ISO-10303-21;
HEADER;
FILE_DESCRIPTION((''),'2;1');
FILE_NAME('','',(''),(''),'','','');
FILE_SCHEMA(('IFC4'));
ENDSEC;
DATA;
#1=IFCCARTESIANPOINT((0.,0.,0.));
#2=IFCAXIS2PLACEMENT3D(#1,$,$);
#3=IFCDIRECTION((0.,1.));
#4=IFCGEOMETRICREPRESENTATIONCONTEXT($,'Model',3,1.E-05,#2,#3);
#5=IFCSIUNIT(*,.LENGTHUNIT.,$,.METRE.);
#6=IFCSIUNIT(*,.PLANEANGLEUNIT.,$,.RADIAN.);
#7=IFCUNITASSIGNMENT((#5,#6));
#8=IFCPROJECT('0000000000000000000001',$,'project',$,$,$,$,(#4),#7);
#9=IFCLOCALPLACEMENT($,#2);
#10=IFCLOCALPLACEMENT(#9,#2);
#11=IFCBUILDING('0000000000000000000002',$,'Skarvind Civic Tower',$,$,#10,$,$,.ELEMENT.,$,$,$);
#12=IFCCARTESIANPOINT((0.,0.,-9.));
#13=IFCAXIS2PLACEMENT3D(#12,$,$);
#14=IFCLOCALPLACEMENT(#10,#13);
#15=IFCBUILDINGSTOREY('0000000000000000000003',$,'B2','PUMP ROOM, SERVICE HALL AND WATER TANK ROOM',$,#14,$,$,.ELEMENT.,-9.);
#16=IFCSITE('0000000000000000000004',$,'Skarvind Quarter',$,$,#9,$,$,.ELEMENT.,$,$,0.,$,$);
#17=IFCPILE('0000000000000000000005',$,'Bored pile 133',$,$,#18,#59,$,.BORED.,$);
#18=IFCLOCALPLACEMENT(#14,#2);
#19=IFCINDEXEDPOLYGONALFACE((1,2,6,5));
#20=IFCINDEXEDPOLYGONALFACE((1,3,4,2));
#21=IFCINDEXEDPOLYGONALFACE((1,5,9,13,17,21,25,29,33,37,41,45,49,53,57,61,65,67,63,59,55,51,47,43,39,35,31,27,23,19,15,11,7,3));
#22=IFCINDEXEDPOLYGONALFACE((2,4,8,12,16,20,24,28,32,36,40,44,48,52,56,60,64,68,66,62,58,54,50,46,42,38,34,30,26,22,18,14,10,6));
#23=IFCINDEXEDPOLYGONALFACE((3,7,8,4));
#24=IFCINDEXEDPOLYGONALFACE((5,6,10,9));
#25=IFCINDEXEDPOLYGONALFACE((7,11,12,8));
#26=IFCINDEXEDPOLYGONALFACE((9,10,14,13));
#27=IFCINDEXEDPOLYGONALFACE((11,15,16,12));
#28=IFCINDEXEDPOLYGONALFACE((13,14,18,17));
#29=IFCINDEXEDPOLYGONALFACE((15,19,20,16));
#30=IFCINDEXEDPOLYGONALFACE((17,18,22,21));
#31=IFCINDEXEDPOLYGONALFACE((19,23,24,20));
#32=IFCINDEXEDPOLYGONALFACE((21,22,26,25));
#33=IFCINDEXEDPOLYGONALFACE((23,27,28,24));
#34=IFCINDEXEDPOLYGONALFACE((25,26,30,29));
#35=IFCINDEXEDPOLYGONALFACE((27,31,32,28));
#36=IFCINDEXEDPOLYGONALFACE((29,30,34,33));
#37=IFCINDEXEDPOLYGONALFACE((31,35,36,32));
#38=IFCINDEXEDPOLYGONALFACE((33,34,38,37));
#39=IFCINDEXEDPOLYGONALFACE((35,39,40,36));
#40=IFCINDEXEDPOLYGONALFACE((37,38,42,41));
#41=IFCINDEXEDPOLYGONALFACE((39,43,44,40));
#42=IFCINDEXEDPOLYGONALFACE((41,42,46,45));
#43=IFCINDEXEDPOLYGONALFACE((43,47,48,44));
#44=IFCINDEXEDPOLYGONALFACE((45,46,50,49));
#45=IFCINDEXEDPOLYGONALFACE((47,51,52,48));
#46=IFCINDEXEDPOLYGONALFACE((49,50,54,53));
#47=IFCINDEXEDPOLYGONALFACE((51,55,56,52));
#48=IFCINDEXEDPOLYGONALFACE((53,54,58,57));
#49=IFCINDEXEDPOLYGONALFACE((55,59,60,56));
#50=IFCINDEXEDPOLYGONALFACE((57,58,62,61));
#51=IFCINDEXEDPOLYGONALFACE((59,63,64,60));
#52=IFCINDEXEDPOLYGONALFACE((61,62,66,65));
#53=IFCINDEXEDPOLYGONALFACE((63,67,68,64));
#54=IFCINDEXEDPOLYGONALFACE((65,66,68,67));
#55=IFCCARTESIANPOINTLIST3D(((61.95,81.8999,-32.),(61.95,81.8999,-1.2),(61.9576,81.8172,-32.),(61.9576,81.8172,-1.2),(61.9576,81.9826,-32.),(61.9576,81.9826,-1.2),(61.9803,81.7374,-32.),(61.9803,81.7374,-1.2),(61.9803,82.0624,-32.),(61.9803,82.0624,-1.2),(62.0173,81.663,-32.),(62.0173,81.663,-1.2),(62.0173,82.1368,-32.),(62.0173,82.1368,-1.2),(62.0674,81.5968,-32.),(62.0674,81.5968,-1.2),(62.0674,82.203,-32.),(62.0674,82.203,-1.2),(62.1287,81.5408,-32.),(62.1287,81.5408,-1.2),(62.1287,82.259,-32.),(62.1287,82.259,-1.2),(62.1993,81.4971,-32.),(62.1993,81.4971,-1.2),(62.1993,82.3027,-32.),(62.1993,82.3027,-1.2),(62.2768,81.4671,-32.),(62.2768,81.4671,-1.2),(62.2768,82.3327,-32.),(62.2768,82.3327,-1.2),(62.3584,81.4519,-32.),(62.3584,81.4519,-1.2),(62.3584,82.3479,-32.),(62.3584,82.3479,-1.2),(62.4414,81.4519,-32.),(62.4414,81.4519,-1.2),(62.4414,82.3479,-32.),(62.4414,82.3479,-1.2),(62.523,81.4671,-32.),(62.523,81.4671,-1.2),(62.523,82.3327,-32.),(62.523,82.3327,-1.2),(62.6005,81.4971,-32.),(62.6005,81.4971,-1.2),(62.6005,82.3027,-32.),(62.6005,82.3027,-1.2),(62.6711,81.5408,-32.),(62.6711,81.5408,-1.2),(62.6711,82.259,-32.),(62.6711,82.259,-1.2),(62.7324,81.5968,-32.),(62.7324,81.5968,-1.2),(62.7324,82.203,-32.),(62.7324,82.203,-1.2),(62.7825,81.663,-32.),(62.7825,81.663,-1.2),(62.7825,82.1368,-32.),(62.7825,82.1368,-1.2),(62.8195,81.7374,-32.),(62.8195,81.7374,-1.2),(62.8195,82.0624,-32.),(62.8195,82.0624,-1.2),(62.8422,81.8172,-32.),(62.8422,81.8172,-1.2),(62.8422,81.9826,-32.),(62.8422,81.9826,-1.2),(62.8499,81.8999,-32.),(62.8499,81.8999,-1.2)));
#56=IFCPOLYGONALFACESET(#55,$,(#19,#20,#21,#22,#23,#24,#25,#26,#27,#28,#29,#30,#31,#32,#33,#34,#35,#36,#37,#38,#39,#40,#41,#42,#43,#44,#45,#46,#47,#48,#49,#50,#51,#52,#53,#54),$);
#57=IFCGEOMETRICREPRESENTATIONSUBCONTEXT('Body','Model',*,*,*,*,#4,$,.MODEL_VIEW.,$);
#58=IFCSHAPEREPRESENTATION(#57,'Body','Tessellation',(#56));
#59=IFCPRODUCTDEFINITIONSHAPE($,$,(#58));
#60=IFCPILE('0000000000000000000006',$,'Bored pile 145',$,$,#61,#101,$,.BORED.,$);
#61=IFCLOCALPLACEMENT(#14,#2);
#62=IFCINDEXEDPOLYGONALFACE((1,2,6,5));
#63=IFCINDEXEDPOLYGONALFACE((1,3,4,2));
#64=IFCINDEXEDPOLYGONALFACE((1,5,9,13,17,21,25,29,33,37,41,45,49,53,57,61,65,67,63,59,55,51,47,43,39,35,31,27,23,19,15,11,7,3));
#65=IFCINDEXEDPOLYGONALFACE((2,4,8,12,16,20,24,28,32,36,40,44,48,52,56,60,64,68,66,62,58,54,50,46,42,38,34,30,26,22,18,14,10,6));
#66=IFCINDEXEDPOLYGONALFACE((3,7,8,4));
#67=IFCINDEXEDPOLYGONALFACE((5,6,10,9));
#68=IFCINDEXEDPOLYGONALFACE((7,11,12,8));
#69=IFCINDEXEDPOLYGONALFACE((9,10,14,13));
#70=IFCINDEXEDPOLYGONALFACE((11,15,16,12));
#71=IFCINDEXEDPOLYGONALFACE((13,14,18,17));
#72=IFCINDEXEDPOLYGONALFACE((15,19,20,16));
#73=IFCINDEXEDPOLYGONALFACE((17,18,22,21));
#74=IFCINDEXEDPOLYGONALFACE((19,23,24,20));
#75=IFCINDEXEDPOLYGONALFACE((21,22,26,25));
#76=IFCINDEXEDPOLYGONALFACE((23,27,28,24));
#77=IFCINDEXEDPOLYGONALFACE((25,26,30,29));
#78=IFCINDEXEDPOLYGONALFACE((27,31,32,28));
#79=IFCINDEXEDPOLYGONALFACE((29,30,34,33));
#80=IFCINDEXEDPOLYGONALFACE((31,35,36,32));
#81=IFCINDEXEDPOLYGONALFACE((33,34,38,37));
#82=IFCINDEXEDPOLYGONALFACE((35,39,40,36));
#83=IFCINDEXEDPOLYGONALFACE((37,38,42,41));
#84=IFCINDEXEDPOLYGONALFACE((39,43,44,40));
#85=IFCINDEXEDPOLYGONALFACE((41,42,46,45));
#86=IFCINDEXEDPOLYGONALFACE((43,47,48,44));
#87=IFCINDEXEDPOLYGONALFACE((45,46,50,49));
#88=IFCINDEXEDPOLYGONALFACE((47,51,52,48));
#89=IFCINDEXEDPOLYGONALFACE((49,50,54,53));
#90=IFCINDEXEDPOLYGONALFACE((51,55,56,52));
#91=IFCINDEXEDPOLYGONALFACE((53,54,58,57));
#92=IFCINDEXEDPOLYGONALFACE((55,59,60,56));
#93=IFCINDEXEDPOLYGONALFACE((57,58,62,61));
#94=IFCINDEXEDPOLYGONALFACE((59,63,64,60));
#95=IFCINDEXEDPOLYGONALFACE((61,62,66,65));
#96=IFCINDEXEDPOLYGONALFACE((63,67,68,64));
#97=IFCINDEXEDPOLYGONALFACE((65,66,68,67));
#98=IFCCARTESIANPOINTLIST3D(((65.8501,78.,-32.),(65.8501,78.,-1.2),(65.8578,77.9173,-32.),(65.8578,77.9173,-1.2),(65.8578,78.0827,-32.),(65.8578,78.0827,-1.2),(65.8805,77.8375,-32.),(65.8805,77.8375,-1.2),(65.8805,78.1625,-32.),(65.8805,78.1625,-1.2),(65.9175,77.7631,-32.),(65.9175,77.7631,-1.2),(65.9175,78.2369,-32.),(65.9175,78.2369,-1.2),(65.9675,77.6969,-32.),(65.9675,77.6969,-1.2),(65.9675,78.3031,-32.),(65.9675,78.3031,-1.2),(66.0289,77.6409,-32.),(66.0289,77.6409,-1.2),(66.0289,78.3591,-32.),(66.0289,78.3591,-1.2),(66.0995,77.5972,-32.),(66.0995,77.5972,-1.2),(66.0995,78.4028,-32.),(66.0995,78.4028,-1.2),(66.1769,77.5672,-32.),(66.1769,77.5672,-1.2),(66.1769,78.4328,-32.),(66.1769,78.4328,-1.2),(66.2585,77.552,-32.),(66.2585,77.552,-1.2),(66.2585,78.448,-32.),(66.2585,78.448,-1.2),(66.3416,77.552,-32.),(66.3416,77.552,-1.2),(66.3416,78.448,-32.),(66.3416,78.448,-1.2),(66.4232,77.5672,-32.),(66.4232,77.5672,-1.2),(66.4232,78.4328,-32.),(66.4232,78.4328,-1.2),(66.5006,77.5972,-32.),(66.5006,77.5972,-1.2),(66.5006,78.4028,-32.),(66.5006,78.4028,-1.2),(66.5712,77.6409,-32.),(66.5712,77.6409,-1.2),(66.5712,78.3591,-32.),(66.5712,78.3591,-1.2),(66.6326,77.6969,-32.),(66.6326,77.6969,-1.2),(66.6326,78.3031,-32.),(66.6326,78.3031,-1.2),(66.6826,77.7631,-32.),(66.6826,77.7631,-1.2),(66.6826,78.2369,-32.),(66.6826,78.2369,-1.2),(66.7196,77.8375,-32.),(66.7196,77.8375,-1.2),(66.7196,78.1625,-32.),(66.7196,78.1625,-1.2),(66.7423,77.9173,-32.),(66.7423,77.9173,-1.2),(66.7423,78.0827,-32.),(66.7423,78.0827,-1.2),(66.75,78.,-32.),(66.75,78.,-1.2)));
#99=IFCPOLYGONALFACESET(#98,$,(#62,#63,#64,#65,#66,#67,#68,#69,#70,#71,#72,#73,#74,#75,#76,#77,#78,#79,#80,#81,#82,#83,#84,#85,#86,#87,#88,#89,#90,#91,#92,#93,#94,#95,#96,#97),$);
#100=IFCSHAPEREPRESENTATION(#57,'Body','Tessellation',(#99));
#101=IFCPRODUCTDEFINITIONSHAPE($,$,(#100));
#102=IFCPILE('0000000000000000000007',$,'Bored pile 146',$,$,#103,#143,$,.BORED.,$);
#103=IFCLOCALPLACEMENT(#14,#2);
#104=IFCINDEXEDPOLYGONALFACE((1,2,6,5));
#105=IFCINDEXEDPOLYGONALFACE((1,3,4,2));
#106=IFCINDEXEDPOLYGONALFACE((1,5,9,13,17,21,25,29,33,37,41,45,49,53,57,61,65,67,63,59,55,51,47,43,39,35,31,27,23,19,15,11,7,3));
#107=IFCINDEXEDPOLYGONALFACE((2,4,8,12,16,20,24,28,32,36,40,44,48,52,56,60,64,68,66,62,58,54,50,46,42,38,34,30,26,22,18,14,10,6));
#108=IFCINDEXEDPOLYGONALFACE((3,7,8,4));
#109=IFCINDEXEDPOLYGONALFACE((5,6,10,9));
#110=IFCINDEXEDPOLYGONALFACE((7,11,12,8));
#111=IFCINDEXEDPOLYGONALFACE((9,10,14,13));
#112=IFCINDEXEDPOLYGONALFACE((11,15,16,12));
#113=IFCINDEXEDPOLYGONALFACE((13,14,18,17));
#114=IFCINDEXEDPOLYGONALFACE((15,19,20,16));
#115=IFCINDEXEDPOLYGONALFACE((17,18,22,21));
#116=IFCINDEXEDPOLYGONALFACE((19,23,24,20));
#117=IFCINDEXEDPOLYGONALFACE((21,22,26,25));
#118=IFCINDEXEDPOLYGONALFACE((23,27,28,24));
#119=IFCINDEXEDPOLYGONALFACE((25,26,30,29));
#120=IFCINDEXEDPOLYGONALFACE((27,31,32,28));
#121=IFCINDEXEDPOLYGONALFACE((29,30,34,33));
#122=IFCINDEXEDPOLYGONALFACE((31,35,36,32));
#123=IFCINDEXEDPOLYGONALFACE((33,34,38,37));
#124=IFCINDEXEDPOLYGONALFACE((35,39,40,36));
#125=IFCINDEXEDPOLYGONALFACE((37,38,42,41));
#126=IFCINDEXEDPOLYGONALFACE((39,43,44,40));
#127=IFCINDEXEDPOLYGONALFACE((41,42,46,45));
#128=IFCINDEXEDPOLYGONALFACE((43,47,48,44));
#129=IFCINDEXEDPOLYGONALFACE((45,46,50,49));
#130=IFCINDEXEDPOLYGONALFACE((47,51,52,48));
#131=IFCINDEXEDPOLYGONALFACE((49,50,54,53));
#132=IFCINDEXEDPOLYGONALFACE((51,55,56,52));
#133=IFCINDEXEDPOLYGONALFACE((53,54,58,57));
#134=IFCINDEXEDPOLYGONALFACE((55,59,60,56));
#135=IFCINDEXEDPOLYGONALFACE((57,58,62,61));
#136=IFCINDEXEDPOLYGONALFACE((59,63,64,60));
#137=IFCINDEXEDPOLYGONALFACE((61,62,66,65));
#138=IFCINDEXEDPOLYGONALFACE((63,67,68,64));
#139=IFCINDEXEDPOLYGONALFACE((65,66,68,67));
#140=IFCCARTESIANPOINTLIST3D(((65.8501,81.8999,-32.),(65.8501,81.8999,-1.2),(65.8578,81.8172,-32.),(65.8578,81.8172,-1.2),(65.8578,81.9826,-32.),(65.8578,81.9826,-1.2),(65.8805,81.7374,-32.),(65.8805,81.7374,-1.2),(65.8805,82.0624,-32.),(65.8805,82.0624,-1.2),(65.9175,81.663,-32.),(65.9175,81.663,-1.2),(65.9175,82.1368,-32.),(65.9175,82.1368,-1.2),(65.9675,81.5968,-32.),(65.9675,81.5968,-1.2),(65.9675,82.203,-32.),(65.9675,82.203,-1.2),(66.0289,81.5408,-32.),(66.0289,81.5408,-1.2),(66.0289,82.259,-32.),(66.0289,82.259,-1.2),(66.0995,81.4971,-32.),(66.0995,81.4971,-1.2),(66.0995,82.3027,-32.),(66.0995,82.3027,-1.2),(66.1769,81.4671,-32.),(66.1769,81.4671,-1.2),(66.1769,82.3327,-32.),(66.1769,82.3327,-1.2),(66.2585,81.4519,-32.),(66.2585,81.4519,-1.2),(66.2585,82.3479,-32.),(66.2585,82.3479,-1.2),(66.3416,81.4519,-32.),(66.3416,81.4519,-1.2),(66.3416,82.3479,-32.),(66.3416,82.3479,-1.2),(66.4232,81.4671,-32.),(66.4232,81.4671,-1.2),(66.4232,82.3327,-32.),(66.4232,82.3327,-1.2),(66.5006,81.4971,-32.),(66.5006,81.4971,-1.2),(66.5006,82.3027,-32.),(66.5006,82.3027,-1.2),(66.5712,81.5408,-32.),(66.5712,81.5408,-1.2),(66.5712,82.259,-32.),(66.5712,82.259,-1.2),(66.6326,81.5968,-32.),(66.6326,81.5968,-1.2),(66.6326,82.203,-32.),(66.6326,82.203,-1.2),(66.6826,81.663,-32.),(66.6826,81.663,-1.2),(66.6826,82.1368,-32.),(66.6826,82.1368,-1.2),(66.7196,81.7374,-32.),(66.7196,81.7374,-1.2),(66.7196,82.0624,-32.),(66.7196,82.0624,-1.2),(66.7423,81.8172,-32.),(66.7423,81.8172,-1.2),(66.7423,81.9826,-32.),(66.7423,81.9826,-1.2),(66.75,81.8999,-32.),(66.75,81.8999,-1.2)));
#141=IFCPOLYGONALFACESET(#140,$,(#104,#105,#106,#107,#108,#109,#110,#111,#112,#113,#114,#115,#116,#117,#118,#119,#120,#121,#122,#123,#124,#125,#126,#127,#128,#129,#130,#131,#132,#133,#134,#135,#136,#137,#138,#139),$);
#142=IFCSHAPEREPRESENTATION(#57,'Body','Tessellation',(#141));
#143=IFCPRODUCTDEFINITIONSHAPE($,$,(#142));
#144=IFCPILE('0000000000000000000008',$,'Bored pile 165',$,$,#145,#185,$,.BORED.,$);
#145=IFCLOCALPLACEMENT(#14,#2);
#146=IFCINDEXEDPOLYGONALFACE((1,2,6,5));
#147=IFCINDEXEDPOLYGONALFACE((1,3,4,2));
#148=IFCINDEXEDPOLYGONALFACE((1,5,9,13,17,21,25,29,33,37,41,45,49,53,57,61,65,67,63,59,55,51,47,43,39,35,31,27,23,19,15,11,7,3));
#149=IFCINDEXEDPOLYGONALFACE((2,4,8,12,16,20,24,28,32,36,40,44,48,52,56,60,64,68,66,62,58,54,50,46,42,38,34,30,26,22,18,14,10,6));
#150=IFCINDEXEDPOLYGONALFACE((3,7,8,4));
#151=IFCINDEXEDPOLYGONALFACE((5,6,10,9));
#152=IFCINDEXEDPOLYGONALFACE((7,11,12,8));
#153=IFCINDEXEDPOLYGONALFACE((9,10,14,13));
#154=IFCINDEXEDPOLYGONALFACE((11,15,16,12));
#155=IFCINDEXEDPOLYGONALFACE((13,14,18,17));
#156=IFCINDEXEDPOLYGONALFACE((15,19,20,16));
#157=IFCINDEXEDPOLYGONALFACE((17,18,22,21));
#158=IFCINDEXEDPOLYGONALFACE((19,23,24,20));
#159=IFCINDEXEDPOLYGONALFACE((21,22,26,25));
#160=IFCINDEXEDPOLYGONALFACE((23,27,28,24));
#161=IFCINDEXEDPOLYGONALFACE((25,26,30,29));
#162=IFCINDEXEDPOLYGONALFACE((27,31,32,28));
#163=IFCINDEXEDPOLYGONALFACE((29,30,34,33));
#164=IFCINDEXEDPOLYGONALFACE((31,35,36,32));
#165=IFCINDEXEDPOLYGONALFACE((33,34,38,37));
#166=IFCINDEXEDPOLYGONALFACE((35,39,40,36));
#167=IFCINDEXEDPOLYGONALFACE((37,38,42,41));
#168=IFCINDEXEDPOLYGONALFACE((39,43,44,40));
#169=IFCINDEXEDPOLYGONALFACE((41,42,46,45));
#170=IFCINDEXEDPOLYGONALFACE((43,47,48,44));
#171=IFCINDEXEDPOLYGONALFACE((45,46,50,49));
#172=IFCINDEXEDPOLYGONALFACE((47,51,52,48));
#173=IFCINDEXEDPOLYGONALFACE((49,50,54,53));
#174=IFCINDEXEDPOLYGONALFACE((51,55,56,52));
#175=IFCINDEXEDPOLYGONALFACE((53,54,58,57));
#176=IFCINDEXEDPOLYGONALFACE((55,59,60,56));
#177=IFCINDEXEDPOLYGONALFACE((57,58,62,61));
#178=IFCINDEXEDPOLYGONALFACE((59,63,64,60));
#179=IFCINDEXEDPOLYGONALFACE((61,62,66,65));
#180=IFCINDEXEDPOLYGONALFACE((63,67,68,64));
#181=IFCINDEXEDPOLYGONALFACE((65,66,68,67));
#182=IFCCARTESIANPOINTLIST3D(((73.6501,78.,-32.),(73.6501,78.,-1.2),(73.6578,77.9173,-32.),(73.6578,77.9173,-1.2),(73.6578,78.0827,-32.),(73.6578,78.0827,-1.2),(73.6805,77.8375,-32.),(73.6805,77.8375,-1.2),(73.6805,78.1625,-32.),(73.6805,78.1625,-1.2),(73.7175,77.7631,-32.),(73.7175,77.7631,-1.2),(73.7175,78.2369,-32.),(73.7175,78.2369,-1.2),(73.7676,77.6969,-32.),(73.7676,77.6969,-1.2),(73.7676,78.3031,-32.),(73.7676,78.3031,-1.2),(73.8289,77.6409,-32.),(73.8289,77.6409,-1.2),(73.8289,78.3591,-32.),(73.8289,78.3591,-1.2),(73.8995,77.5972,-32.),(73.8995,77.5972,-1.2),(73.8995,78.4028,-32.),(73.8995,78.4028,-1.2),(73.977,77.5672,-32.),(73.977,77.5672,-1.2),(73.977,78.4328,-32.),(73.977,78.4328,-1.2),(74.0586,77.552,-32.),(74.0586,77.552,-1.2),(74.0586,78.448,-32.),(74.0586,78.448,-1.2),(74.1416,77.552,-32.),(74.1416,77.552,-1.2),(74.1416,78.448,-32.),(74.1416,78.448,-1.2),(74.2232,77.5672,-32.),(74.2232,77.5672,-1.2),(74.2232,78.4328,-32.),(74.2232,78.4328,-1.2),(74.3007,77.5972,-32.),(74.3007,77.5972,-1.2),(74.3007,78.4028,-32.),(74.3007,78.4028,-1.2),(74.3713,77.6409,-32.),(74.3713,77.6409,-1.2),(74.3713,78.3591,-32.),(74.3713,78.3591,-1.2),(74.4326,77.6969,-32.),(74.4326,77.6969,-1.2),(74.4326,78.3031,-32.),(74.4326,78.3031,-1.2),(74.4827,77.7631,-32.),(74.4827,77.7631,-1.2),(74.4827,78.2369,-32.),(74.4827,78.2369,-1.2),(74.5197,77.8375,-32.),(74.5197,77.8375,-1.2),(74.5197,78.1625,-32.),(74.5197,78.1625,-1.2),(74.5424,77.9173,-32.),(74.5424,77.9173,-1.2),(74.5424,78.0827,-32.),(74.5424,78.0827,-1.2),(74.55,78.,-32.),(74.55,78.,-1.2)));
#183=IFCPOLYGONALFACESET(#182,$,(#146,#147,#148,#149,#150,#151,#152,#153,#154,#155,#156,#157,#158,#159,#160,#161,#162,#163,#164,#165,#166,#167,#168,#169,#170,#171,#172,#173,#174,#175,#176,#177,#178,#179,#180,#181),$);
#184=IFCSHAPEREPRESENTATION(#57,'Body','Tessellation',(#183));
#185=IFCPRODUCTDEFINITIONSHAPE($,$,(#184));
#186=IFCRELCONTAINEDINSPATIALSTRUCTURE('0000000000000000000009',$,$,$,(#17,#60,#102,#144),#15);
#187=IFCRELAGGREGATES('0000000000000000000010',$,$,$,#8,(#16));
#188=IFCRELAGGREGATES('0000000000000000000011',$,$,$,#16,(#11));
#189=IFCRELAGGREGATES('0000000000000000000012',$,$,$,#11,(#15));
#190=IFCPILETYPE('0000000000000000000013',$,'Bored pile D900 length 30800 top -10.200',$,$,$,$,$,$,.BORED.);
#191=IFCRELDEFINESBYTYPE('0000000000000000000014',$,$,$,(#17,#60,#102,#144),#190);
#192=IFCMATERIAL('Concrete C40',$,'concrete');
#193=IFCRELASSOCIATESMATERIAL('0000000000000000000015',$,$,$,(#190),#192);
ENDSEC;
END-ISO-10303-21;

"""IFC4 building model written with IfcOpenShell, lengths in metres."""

from ifc_helpers import new_model, si_unit, direction, frame, origin, origin_2d, place, context, subcontext, project, spatial, circle, extrude, material, type_object, element, save


model = new_model("IFC4")

# Units and contexts
model_context = context("Model", 3, precision=1e-05, world=origin(), true_north=direction((0.0, 1.0)))
body_context = subcontext(model_context, "Body", "Model", "MODEL_VIEW")
ifc_project = project(units=[si_unit("LENGTHUNIT", "METRE"), si_unit("PLANEANGLEUNIT", "RADIAN")], contexts=[model_context])

# Site, building, storey
site_placement = place(None, origin())
site = spatial("IfcSite", under=ifc_project, at=site_placement, Name="Skarvind Quarter", CompositionType="ELEMENT", RefElevation=0.0)
building_placement = place(site_placement, origin())
building = spatial("IfcBuilding", under=site, at=building_placement, Name="Skarvind Civic Tower", CompositionType="ELEMENT")
storey_placement = place(building_placement, frame((0.0, 0.0, -9.0)))
storey = spatial("IfcBuildingStorey", under=building, at=storey_placement, Name="B2", Description="PUMP ROOM, SERVICE HALL AND WATER TANK ROOM", CompositionType="ELEMENT", Elevation=-9.0)

# Piles
ifc_material_1 = material(Name="Concrete C40", Category="concrete")
pile_type_1 = type_object("IfcPileType", Name="Bored pile D900 length 30800 top -10.200", PredefinedType="BORED", material=ifc_material_1)
for number, where, z_axis, x_axis, name in (
    (1, (62.3999, 81.8999, -1.2), (0.0, 0.0, -1.0), (1.0, 0.0, 0.0), "Bored pile 133"),
    (2, (66.3, 78.0, -1.2), (0.0, 0.0, -1.0), (1.0, 0.0, 0.0), "Bored pile 145"),
    (3, (66.3, 81.8999, -1.2), (0.0, 0.0, -1.0), (1.0, 0.0, 0.0), "Bored pile 146"),
    (4, (74.1001, 78.0, -1.2), (0.0, 0.0, -1.0), (1.0, 0.0, 0.0), "Bored pile 165"),
):
    element("IfcPile", number, at=place(storey_placement, frame(where, z_axis=z_axis, x_axis=x_axis)), inside=storey, type_object=pile_type_1, Name=name, PredefinedType="BORED", context=body_context, shape_type="SweptSolid", body=[
        extrude(circle(Radius=0.45, at=origin_2d()), origin(), (0.0, 0.0, 1.0), 30.8),
    ])

save(model, "model.ifc")
